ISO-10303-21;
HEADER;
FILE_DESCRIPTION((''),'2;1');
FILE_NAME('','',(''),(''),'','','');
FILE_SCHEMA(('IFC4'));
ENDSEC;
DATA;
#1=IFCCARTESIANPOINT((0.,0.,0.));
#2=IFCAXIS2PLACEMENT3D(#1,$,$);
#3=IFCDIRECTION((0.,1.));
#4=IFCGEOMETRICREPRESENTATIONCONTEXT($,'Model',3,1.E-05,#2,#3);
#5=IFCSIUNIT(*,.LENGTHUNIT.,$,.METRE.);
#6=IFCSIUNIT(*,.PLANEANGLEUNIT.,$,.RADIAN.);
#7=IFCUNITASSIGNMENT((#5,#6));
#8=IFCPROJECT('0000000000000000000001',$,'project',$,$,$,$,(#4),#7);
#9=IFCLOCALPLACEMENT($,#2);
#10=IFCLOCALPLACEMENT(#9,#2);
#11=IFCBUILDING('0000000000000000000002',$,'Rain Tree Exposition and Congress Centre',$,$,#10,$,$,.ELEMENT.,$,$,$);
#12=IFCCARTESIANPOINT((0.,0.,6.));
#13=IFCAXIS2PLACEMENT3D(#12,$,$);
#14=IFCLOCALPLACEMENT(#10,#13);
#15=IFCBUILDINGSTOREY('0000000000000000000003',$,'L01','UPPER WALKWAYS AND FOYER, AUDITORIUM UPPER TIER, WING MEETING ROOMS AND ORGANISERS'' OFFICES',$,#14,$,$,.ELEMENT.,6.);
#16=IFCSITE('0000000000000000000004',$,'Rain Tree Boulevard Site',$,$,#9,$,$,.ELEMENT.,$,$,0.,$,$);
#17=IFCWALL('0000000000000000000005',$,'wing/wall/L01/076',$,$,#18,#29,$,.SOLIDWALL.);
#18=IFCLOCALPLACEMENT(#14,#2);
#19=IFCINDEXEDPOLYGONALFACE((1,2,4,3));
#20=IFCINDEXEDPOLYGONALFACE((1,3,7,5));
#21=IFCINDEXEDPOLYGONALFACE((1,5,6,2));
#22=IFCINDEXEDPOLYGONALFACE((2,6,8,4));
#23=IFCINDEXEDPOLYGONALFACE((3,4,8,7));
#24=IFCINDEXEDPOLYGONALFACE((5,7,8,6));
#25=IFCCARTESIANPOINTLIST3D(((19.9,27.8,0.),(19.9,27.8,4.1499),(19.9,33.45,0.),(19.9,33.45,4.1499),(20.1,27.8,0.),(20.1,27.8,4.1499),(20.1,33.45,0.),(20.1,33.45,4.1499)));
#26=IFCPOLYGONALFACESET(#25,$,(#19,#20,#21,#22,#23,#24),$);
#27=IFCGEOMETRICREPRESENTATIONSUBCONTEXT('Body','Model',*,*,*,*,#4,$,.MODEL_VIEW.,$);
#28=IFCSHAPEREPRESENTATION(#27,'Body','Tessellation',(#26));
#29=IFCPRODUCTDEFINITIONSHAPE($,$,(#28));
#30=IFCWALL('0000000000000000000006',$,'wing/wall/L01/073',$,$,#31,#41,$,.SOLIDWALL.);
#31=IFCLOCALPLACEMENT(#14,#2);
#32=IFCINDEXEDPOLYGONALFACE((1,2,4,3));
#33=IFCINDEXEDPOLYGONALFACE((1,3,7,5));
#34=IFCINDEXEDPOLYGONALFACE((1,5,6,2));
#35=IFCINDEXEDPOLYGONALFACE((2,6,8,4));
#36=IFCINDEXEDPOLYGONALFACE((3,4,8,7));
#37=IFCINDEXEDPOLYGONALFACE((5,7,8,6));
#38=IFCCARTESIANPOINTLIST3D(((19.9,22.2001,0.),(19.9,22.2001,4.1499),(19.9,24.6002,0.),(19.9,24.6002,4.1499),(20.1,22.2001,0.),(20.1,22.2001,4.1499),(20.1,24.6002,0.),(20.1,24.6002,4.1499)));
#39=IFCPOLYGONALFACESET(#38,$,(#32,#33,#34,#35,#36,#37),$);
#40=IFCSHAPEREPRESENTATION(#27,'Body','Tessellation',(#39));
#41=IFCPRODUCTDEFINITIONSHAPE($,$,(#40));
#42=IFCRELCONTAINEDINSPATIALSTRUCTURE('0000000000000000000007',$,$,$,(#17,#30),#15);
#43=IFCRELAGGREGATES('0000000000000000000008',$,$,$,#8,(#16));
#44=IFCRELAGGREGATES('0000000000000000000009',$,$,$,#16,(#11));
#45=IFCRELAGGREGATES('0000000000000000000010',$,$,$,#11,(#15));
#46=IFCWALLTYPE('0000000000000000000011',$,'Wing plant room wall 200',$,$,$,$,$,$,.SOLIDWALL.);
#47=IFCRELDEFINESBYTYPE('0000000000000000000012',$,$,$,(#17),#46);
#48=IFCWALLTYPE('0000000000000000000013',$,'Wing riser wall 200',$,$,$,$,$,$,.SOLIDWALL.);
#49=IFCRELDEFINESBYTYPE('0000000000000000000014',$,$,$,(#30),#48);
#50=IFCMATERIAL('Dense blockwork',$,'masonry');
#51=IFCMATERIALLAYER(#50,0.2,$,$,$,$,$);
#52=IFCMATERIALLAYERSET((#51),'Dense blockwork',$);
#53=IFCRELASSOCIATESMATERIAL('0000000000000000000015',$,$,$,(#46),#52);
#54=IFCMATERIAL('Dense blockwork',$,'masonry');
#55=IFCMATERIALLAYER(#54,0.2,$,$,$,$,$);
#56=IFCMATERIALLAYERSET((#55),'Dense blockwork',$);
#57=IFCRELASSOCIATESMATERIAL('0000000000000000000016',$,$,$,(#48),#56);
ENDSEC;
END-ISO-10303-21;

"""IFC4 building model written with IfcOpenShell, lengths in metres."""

from ifc_helpers import new_model, si_unit, direction, frame, frame_2d, origin, place, context, subcontext, project, spatial, rectangle, extrude, material, layer, layer_set, type_object, element, save


model = new_model("IFC4")

# Units and contexts
model_context = context("Model", 3, precision=1e-05, world=origin(), true_north=direction((0.0, 1.0)))
body_context = subcontext(model_context, "Body", "Model", "MODEL_VIEW")
ifc_project = project(units=[si_unit("LENGTHUNIT", "METRE"), si_unit("PLANEANGLEUNIT", "RADIAN")], contexts=[model_context])

# Site, building, storey
site_placement = place(None, origin())
site = spatial("IfcSite", under=ifc_project, at=site_placement, Name="Rain Tree Boulevard Site", CompositionType="ELEMENT", RefElevation=0.0)
building_placement = place(site_placement, origin())
building = spatial("IfcBuilding", under=site, at=building_placement, Name="Rain Tree Exposition and Congress Centre", CompositionType="ELEMENT")
storey_placement = place(building_placement, frame((0.0, 0.0, 6.0)))
storey = spatial("IfcBuildingStorey", under=building, at=storey_placement, Name="L01", Description="UPPER WALKWAYS AND FOYER, AUDITORIUM UPPER TIER, WING MEETING ROOMS AND ORGANISERS' OFFICES", CompositionType="ELEMENT", Elevation=6.0)

# Walls
ifc_material_1 = material(Name="Dense blockwork", Category="masonry")
ifc_layer_1 = layer(ifc_material_1, 0.2)
ifc_layer_set_1 = layer_set([ifc_layer_1], Name="Dense blockwork")
wall_type_1 = type_object("IfcWallType", Name="Wing plant room wall 200", PredefinedType="SOLIDWALL", material=ifc_layer_set_1)
wall_1_placement = place(storey_placement, frame((20.0, 27.8, 0.0), z_axis=(0.0, 0.0, 1.0), x_axis=(0.0, 1.0, 0.0)))
element("IfcWall", 1, at=wall_1_placement, inside=storey, type_object=wall_type_1, Name="wing/wall/L01/076", PredefinedType="SOLIDWALL", context=body_context, shape_type="SweptSolid", body=[
    extrude(rectangle(XDim=5.6499, YDim=0.2, at=frame_2d((2.825, 0.0))), origin(), (0.0, 0.0, 1.0), 4.1499),
])
ifc_material_2 = material(Name="Dense blockwork", Category="masonry")
ifc_layer_2 = layer(ifc_material_2, 0.2)
ifc_layer_set_2 = layer_set([ifc_layer_2], Name="Dense blockwork")
wall_type_2 = type_object("IfcWallType", Name="Wing riser wall 200", PredefinedType="SOLIDWALL", material=ifc_layer_set_2)
wall_2_placement = place(storey_placement, frame((20.0, 22.2, 0.0), z_axis=(0.0, 0.0, 1.0), x_axis=(0.0, 1.0, 0.0)))
element("IfcWall", 2, at=wall_2_placement, inside=storey, type_object=wall_type_2, Name="wing/wall/L01/073", PredefinedType="SOLIDWALL", context=body_context, shape_type="SweptSolid", body=[
    extrude(rectangle(XDim=2.4001, YDim=0.2, at=frame_2d((1.2002, 0.0))), origin(), (0.0, 0.0, 1.0), 4.1499),
])

save(model, "model.ifc")
